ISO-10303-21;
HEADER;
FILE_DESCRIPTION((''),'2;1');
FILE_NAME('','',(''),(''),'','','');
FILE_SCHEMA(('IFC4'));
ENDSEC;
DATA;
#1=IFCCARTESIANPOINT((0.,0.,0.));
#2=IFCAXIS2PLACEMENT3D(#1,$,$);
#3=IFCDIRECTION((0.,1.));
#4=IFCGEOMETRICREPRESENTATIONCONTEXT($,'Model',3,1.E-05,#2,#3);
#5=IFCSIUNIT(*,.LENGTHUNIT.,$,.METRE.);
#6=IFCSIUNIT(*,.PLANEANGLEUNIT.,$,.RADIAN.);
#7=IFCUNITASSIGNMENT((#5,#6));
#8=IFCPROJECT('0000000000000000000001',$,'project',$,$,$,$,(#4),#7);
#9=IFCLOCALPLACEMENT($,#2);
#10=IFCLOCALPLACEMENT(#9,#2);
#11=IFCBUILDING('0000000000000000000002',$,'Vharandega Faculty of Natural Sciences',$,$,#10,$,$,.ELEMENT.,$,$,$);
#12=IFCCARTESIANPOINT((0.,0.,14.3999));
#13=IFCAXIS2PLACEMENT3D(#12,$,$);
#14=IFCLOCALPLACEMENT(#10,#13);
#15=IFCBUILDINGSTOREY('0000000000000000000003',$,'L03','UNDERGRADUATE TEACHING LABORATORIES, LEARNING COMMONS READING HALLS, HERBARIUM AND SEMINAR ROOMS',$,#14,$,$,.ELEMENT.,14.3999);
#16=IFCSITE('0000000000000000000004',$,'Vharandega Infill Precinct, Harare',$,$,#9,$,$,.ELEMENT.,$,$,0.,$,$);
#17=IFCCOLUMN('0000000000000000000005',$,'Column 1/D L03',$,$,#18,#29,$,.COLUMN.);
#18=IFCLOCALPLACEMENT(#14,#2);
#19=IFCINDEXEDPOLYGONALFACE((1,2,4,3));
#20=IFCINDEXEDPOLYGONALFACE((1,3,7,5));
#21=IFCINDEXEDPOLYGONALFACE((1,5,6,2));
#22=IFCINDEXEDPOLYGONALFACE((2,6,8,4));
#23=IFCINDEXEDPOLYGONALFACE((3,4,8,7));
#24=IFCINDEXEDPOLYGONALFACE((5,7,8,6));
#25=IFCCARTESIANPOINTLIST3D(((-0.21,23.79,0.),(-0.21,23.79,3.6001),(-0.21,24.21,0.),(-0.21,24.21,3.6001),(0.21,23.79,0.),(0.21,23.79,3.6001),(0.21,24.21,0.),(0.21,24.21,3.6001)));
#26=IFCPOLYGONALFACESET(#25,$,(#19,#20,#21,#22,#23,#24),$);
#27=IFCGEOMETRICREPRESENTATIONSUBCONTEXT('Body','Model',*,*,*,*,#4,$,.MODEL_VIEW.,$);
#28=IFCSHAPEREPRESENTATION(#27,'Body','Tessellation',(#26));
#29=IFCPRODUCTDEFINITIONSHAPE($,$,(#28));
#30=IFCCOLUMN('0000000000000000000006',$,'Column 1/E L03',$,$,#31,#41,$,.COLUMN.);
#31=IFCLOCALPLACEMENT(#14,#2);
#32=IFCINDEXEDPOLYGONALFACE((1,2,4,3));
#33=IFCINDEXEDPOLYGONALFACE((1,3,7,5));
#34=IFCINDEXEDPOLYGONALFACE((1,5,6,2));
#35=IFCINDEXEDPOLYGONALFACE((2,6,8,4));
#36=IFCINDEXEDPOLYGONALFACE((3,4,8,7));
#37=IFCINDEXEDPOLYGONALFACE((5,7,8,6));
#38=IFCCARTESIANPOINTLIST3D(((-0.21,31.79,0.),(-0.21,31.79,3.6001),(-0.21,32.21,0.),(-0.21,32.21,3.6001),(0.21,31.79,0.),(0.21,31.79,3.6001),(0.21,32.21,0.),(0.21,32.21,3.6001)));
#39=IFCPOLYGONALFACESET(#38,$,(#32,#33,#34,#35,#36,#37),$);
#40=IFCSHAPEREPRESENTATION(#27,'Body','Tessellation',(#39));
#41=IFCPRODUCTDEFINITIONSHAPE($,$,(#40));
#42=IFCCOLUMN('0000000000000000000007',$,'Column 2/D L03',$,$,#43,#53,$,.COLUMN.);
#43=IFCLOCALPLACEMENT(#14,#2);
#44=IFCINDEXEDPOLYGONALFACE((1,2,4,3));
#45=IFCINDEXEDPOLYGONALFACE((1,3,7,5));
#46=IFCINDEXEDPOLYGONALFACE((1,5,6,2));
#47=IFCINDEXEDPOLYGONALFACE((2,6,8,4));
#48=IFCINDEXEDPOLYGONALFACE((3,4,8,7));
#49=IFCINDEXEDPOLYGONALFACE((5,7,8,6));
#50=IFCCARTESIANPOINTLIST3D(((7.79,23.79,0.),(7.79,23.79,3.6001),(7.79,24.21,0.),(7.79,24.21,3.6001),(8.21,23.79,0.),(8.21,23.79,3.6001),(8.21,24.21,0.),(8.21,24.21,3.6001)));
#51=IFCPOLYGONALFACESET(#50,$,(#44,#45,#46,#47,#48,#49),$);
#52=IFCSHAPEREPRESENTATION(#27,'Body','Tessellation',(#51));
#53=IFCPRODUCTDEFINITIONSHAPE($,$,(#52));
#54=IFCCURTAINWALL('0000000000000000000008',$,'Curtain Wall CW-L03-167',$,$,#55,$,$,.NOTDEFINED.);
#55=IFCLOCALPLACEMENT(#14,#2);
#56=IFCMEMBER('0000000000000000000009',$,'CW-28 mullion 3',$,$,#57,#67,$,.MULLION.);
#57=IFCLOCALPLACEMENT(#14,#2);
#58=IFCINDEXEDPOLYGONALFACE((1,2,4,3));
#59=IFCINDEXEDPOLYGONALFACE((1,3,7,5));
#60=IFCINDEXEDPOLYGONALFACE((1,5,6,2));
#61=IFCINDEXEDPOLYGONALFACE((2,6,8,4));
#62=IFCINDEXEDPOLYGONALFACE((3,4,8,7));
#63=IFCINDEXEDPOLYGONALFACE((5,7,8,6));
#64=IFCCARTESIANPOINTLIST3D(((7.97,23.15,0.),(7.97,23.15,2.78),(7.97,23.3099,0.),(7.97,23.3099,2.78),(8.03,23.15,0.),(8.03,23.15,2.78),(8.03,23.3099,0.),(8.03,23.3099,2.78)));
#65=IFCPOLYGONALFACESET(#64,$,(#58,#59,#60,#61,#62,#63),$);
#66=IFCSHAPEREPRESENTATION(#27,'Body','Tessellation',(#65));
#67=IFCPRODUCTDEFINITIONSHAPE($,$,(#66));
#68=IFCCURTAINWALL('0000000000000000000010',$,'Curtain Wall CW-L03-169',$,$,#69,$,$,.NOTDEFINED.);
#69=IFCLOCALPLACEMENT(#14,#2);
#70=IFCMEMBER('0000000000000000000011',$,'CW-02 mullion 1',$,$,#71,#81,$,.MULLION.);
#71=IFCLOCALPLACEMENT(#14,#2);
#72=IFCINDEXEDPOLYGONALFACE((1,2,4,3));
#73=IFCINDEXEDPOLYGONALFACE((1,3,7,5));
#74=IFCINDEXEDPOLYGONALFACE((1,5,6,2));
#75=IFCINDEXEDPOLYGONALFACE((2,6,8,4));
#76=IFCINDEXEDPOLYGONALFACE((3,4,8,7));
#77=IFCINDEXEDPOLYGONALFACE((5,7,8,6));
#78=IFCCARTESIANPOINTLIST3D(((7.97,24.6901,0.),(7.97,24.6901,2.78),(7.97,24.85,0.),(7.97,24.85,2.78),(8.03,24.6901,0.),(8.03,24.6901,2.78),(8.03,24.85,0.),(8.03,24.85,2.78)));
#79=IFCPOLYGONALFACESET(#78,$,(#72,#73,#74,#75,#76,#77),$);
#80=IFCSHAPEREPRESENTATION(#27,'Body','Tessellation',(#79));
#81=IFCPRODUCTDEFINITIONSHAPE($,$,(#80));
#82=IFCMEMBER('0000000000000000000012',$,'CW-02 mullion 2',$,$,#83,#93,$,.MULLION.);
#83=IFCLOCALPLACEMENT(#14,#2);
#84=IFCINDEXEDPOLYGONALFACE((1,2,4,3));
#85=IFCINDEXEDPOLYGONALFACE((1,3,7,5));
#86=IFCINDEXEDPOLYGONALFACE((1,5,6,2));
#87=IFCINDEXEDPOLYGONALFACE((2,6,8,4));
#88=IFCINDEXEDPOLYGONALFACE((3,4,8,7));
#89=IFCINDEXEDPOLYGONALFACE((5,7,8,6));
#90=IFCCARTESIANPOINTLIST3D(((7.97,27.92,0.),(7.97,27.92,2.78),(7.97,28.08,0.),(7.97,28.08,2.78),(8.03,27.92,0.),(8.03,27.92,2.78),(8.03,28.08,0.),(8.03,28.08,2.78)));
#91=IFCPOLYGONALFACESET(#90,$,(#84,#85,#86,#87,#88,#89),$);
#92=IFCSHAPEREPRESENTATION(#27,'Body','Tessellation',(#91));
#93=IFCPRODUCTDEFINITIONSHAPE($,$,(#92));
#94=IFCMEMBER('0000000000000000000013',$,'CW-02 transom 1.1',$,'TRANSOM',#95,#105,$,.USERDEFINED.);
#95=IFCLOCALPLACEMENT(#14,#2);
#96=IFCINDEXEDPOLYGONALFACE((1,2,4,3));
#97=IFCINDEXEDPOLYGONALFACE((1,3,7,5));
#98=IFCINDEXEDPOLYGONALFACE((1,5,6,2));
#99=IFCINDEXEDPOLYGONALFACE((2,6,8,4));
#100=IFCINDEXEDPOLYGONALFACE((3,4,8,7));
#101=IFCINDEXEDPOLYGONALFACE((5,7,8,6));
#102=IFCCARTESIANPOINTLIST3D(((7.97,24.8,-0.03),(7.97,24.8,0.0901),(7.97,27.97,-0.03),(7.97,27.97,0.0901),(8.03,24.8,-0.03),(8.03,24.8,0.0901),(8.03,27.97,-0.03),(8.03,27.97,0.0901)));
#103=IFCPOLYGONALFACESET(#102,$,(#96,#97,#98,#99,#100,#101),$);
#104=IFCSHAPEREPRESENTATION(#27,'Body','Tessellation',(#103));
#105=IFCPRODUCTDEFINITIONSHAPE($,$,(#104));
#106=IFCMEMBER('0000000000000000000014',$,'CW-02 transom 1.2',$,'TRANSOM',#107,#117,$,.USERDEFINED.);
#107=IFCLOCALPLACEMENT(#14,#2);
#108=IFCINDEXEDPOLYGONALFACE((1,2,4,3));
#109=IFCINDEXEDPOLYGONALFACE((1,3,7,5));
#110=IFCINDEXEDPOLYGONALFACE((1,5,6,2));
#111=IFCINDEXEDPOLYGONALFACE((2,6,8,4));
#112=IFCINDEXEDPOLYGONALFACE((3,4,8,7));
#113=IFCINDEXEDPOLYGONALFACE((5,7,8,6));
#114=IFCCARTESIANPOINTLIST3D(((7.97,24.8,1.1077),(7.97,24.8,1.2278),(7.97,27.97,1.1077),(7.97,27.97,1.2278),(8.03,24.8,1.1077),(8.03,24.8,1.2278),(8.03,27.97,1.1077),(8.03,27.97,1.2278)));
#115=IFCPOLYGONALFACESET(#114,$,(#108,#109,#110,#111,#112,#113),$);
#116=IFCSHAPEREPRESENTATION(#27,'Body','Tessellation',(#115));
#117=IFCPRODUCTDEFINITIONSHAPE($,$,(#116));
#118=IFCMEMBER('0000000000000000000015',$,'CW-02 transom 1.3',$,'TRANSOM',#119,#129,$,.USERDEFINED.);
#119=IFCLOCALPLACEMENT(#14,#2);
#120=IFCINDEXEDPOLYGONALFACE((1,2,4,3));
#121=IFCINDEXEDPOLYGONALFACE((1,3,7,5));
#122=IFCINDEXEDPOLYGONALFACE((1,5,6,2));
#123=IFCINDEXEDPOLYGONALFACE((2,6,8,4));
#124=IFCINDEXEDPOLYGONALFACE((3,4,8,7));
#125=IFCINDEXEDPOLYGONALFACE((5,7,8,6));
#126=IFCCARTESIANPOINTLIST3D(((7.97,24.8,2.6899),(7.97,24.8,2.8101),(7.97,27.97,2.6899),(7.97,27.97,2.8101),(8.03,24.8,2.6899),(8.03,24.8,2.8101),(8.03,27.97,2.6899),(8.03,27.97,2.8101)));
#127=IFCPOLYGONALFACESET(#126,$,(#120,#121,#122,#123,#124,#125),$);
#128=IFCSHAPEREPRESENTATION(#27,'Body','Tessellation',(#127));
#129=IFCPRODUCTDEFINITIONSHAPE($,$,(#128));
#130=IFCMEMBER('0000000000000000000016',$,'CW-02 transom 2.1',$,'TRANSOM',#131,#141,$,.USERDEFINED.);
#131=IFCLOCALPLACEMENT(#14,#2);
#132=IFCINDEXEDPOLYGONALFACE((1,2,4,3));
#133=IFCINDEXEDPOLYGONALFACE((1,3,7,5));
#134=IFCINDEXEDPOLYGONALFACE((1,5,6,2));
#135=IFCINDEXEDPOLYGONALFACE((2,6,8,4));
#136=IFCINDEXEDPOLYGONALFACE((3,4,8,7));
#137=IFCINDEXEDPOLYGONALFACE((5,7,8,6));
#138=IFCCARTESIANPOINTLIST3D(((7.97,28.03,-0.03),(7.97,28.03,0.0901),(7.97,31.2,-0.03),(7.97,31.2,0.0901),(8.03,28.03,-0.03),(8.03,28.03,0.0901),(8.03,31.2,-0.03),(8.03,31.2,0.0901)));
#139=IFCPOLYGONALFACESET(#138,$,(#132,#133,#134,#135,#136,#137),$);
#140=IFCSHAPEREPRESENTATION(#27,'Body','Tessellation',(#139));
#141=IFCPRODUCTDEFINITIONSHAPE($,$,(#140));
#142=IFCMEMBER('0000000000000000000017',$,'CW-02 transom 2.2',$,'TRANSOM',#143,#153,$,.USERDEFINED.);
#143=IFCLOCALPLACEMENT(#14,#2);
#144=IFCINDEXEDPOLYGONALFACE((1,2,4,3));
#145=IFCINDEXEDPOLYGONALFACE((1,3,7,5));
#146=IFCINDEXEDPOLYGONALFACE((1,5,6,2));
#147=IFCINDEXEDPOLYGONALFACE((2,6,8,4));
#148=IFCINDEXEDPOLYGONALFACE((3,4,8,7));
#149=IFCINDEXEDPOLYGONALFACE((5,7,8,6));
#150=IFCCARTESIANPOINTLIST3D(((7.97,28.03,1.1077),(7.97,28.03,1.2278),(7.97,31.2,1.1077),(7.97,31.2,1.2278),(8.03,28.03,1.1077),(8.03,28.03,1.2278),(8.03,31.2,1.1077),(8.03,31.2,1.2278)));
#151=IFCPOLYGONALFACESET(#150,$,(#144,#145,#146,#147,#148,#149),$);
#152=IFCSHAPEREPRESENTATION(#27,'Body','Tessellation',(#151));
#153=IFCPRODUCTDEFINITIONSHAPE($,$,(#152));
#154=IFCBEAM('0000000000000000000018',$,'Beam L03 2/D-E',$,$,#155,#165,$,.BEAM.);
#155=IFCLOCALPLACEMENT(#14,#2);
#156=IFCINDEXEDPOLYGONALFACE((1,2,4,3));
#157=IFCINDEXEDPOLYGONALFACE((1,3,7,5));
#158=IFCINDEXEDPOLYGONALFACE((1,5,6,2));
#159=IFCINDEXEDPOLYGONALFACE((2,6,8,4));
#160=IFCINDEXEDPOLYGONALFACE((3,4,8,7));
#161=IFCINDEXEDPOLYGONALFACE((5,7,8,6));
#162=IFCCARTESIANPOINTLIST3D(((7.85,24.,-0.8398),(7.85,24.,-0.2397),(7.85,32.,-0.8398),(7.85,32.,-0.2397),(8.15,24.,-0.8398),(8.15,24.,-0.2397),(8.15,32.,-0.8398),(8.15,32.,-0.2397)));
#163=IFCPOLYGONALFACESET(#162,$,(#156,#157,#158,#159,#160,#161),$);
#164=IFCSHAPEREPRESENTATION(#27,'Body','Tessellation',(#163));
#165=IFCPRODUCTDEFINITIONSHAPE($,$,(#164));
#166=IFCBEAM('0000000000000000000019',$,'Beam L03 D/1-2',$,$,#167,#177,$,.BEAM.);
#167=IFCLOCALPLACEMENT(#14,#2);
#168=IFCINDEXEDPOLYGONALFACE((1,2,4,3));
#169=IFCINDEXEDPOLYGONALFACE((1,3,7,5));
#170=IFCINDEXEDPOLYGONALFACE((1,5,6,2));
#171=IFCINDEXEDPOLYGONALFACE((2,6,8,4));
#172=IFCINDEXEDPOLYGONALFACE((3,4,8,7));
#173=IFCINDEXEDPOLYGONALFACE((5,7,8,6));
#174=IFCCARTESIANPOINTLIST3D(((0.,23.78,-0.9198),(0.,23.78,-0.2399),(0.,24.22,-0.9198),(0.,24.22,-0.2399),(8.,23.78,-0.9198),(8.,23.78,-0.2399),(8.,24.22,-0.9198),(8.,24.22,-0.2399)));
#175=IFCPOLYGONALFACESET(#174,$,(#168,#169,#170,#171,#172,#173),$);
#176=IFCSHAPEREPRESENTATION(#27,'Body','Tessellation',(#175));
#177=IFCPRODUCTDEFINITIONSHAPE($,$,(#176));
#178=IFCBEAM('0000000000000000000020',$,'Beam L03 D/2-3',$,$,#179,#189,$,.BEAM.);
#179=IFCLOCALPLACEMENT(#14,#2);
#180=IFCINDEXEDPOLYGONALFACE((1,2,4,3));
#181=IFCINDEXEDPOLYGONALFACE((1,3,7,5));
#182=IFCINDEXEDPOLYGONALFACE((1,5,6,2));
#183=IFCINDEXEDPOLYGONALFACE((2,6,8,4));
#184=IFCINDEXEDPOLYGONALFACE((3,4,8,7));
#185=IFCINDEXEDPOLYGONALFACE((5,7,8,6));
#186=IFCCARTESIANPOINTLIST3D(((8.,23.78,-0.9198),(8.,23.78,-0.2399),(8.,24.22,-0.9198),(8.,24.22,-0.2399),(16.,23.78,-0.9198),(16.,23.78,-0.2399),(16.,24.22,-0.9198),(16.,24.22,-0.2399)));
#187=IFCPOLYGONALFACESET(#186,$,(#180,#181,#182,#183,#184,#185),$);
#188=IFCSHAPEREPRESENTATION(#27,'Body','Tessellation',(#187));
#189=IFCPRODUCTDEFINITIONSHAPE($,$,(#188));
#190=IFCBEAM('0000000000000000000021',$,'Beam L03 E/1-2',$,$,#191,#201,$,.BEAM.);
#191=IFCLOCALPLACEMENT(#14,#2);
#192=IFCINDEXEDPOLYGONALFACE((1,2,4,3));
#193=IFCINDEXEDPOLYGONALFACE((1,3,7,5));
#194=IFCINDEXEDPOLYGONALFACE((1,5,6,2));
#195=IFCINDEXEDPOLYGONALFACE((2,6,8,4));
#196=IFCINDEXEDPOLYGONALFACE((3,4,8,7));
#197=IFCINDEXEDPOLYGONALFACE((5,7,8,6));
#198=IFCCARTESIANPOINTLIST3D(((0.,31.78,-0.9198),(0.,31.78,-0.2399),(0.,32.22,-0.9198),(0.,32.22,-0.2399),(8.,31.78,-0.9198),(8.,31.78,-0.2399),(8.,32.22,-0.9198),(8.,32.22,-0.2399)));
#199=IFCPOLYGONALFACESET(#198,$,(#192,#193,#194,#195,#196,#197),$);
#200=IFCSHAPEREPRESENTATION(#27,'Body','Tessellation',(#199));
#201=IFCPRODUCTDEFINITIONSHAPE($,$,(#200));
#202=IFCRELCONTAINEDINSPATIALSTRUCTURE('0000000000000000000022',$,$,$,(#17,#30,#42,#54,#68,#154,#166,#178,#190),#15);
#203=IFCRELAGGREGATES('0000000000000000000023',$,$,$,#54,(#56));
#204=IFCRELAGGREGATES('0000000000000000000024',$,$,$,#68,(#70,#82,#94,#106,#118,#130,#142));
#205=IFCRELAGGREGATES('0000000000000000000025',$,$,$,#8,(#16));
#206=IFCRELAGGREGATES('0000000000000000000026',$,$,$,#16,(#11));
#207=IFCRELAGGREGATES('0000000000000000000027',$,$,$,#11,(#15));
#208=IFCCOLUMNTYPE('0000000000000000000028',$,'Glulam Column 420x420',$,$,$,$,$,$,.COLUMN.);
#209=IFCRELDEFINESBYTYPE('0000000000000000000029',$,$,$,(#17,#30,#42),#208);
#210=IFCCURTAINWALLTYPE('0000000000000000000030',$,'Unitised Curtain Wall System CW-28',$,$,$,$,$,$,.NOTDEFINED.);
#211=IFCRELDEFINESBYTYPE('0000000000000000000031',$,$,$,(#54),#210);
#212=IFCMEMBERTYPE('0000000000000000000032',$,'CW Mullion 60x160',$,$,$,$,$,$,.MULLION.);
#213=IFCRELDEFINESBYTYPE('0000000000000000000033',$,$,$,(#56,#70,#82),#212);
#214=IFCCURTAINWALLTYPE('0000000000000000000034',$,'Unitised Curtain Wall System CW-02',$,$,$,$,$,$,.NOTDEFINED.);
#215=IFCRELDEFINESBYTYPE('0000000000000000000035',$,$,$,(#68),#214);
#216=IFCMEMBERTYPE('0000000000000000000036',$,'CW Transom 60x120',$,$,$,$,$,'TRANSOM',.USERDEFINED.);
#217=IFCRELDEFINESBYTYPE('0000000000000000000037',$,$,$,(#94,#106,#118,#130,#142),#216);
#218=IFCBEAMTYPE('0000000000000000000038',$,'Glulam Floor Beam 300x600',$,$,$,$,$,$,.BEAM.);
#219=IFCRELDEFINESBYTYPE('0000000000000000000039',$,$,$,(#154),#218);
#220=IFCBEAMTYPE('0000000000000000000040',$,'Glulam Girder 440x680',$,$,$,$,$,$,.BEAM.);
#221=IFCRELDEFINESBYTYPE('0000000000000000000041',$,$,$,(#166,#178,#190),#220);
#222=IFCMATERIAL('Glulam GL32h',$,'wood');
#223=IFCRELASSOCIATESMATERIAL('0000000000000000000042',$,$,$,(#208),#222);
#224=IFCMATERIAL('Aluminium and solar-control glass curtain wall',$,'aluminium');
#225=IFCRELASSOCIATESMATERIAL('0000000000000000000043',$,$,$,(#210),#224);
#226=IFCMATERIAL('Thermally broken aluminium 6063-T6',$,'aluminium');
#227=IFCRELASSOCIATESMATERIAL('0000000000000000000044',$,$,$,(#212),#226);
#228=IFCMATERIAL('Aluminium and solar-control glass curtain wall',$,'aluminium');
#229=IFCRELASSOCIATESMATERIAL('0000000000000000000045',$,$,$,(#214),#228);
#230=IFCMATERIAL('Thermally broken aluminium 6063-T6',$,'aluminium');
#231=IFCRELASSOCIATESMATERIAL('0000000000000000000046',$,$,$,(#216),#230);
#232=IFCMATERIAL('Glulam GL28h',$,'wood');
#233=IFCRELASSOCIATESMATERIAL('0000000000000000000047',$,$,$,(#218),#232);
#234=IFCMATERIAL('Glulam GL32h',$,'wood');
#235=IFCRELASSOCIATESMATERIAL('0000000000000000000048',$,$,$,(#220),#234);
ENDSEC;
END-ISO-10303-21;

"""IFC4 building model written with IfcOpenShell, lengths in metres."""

from ifc_helpers import new_model, si_unit, direction, frame, origin, origin_2d, place, context, subcontext, project, spatial, rectangle, extrude, material, material_profile, profile_set, type_object, element, aggregate, save


model = new_model("IFC4")

# Units and contexts
model_context = context("Model", 3, precision=1e-05, world=origin(), true_north=direction((0.0, 1.0)))
body_context = subcontext(model_context, "Body", "Model", "MODEL_VIEW")
ifc_project = project(units=[si_unit("LENGTHUNIT", "METRE"), si_unit("PLANEANGLEUNIT", "RADIAN")], contexts=[model_context])

# Site, building, storey
site_placement = place(None, origin())
site = spatial("IfcSite", under=ifc_project, at=site_placement, Name="Vharandega Infill Precinct, Harare", CompositionType="ELEMENT", RefElevation=0.0)
building_placement = place(site_placement, origin())
building = spatial("IfcBuilding", under=site, at=building_placement, Name="Vharandega Faculty of Natural Sciences", CompositionType="ELEMENT")
storey_placement = place(building_placement, frame((0.0, 0.0, 14.3999)))
storey = spatial("IfcBuildingStorey", under=building, at=storey_placement, Name="L03", Description="UNDERGRADUATE TEACHING LABORATORIES, LEARNING COMMONS READING HALLS, HERBARIUM AND SEMINAR ROOMS", CompositionType="ELEMENT", Elevation=14.3999)

# Columns
ifc_material_1 = material(Name="Glulam GL32h", Category="wood")
ifc_material_profile_1 = material_profile(ifc_material_1, rectangle(XDim=0.4199, YDim=0.4199, at=origin_2d()), Name="GL32h 420x420")
ifc_profile_set_1 = profile_set([ifc_material_profile_1], Name="Glulam GL32h")
column_type = type_object("IfcColumnType", Name="Glulam Column 420x420", PredefinedType="COLUMN", material=ifc_profile_set_1)
for number, where, z_axis, x_axis, name in (
    (1, (0.0, 24.0, 0.0), (0.0, 0.0, 1.0), (1.0, 0.0, 0.0), "Column 1/D L03"),
    (2, (0.0, 32.0, 0.0), (0.0, 0.0, 1.0), (1.0, 0.0, 0.0), "Column 1/E L03"),
    (3, (8.0, 24.0, 0.0), (0.0, 0.0, 1.0), (1.0, 0.0, 0.0), "Column 2/D L03"),
):
    element("IfcColumn", number, at=place(storey_placement, frame(where, z_axis=z_axis, x_axis=x_axis)), inside=storey, type_object=column_type, Name=name, PredefinedType="COLUMN", context=body_context, shape_type="SweptSolid", body=[
        extrude(rectangle(XDim=0.4199, YDim=0.4199, at=origin_2d()), origin(), (0.0, 0.0, 1.0), 3.6001),
    ])

# Curtain wall, member
ifc_material_2 = material(Name="Aluminium and solar-control glass curtain wall", Category="aluminium")
curtain_wall_type_1 = type_object("IfcCurtainWallType", Name="Unitised Curtain Wall System CW-28", PredefinedType="NOTDEFINED", material=ifc_material_2)
curtain_wall_1_placement = place(storey_placement, origin())
curtain_wall_1 = element("IfcCurtainWall", 4, at=curtain_wall_1_placement, inside=storey, type_object=curtain_wall_type_1, Name="Curtain Wall CW-L03-167", PredefinedType="NOTDEFINED")
ifc_material_3 = material(Name="Thermally broken aluminium 6063-T6", Category="aluminium")
ifc_material_profile_2 = material_profile(ifc_material_3, rectangle(XDim=0.0601, YDim=0.1599, at=origin_2d()), Name="ALU 60x160")
ifc_profile_set_2 = profile_set([ifc_material_profile_2], Name="Thermally broken aluminium 6063-T6")
member_type_1 = type_object("IfcMemberType", Name="CW Mullion 60x160", PredefinedType="MULLION", material=ifc_profile_set_2)
member_1_placement = place(storey_placement, frame((8.0, 23.23, 0.0), z_axis=(0.0, 0.0, 1.0), x_axis=(-1.0, 0.0, 0.0)))
member_1 = element("IfcMember", 5, at=member_1_placement, type_object=member_type_1, Name="CW-28 mullion 3", PredefinedType="MULLION", context=body_context, shape_type="SweptSolid", body=[
    extrude(rectangle(XDim=0.0601, YDim=0.1599, at=origin_2d()), origin(), (0.0, 0.0, 1.0), 2.78),
])

# Curtain wall, members
ifc_material_4 = material(Name="Aluminium and solar-control glass curtain wall", Category="aluminium")
curtain_wall_type_2 = type_object("IfcCurtainWallType", Name="Unitised Curtain Wall System CW-02", PredefinedType="NOTDEFINED", material=ifc_material_4)
curtain_wall_2_placement = place(storey_placement, origin())
curtain_wall_2 = element("IfcCurtainWall", 6, at=curtain_wall_2_placement, inside=storey, type_object=curtain_wall_type_2, Name="Curtain Wall CW-L03-169", PredefinedType="NOTDEFINED")
member_2_placement = place(storey_placement, frame((8.0, 24.77, 0.0), z_axis=(0.0, 0.0, 1.0), x_axis=(-1.0, 0.0, 0.0)))
member_2 = element("IfcMember", 7, at=member_2_placement, type_object=member_type_1, Name="CW-02 mullion 1", PredefinedType="MULLION", context=body_context, shape_type="SweptSolid", body=[
    extrude(rectangle(XDim=0.0601, YDim=0.1599, at=origin_2d()), origin(), (0.0, 0.0, 1.0), 2.78),
])
member_3_placement = place(storey_placement, frame((8.0, 28.0, 0.0), z_axis=(0.0, 0.0, 1.0), x_axis=(-1.0, 0.0, 0.0)))
member_3 = element("IfcMember", 8, at=member_3_placement, type_object=member_type_1, Name="CW-02 mullion 2", PredefinedType="MULLION", context=body_context, shape_type="SweptSolid", body=[
    extrude(rectangle(XDim=0.0601, YDim=0.1599, at=origin_2d()), origin(), (0.0, 0.0, 1.0), 2.78),
])
ifc_material_5 = material(Name="Thermally broken aluminium 6063-T6", Category="aluminium")
ifc_material_profile_3 = material_profile(ifc_material_5, rectangle(XDim=0.0601, YDim=0.1201, at=origin_2d()), Name="ALU 60x120")
ifc_profile_set_3 = profile_set([ifc_material_profile_3], Name="Thermally broken aluminium 6063-T6")
member_type_2 = type_object("IfcMemberType", Name="CW Transom 60x120", ElementType="TRANSOM", PredefinedType="USERDEFINED", material=ifc_profile_set_3)
member_4_placement = place(storey_placement, frame((8.0, 24.8, 0.03), z_axis=(0.0, 1.0, 0.0), x_axis=(-1.0, 0.0, 0.0)))
member_4 = element("IfcMember", 9, at=member_4_placement, type_object=member_type_2, Name="CW-02 transom 1.1", ObjectType="TRANSOM", PredefinedType="USERDEFINED", context=body_context, shape_type="SweptSolid", body=[
    extrude(rectangle(XDim=0.0601, YDim=0.1201, at=origin_2d()), origin(), (0.0, 0.0, 1.0), 3.1699),
])
member_5_placement = place(storey_placement, frame((8.0, 24.8, 1.1677), z_axis=(0.0, 1.0, 0.0), x_axis=(-1.0, 0.0, 0.0)))
member_5 = element("IfcMember", 10, at=member_5_placement, type_object=member_type_2, Name="CW-02 transom 1.2", ObjectType="TRANSOM", PredefinedType="USERDEFINED", context=body_context, shape_type="SweptSolid", body=[
    extrude(rectangle(XDim=0.0601, YDim=0.1201, at=origin_2d()), origin(), (0.0, 0.0, 1.0), 3.1699),
])
member_6_placement = place(storey_placement, frame((8.0, 24.8, 2.75), z_axis=(0.0, 1.0, 0.0), x_axis=(-1.0, 0.0, 0.0)))
member_6 = element("IfcMember", 11, at=member_6_placement, type_object=member_type_2, Name="CW-02 transom 1.3", ObjectType="TRANSOM", PredefinedType="USERDEFINED", context=body_context, shape_type="SweptSolid", body=[
    extrude(rectangle(XDim=0.0601, YDim=0.1201, at=origin_2d()), origin(), (0.0, 0.0, 1.0), 3.1699),
])
member_7_placement = place(storey_placement, frame((8.0, 28.03, 0.03), z_axis=(0.0, 1.0, 0.0), x_axis=(-1.0, 0.0, 0.0)))
member_7 = element("IfcMember", 12, at=member_7_placement, type_object=member_type_2, Name="CW-02 transom 2.1", ObjectType="TRANSOM", PredefinedType="USERDEFINED", context=body_context, shape_type="SweptSolid", body=[
    extrude(rectangle(XDim=0.0601, YDim=0.1201, at=origin_2d()), origin(), (0.0, 0.0, 1.0), 3.1699),
])
member_8_placement = place(storey_placement, frame((8.0, 28.03, 1.1677), z_axis=(0.0, 1.0, 0.0), x_axis=(-1.0, 0.0, 0.0)))
member_8 = element("IfcMember", 13, at=member_8_placement, type_object=member_type_2, Name="CW-02 transom 2.2", ObjectType="TRANSOM", PredefinedType="USERDEFINED", context=body_context, shape_type="SweptSolid", body=[
    extrude(rectangle(XDim=0.0601, YDim=0.1201, at=origin_2d()), origin(), (0.0, 0.0, 1.0), 3.1699),
])

# Beams
ifc_material_6 = material(Name="Glulam GL28h", Category="wood")
ifc_material_profile_4 = material_profile(ifc_material_6, rectangle(XDim=0.3, YDim=0.6001, at=origin_2d()), Name="GL28h 300x600")
ifc_profile_set_4 = profile_set([ifc_material_profile_4], Name="Glulam GL28h")
beam_type_1 = type_object("IfcBeamType", Name="Glulam Floor Beam 300x600", PredefinedType="BEAM", material=ifc_profile_set_4)
beam_1_placement = place(storey_placement, frame((8.0, 24.0, -0.5398), z_axis=(0.0, 1.0, 0.0), x_axis=(-1.0, 0.0, 0.0)))
element("IfcBeam", 14, at=beam_1_placement, inside=storey, type_object=beam_type_1, Name="Beam L03 2/D-E", PredefinedType="BEAM", context=body_context, shape_type="SweptSolid", body=[
    extrude(rectangle(XDim=0.3, YDim=0.6001, at=origin_2d()), origin(), (0.0, 0.0, 1.0), 8.0),
])
ifc_material_7 = material(Name="Glulam GL32h", Category="wood")
ifc_material_profile_5 = material_profile(ifc_material_7, rectangle(XDim=0.4399, YDim=0.6799, at=origin_2d()), Name="GL32h 440x680")
ifc_profile_set_5 = profile_set([ifc_material_profile_5], Name="Glulam GL32h")
beam_type_2 = type_object("IfcBeamType", Name="Glulam Girder 440x680", PredefinedType="BEAM", material=ifc_profile_set_5)
for number, where, z_axis, x_axis, name in (
    (15, (0.0, 24.0, -0.5798), (1.0, 0.0, 0.0), (0.0, 1.0, 0.0), "Beam L03 D/1-2"),
    (16, (8.0, 24.0, -0.5798), (1.0, 0.0, 0.0), (0.0, 1.0, 0.0), "Beam L03 D/2-3"),
    (17, (0.0, 32.0, -0.5798), (1.0, 0.0, 0.0), (0.0, 1.0, 0.0), "Beam L03 E/1-2"),
):
    element("IfcBeam", number, at=place(storey_placement, frame(where, z_axis=z_axis, x_axis=x_axis)), inside=storey, type_object=beam_type_2, Name=name, PredefinedType="BEAM", context=body_context, shape_type="SweptSolid", body=[
        extrude(rectangle(XDim=0.4399, YDim=0.6799, at=origin_2d()), origin(), (0.0, 0.0, 1.0), 8.0),
    ])

aggregate(curtain_wall_1, [member_1])
aggregate(curtain_wall_2, [member_2, member_3, member_4, member_5, member_6, member_7, member_8])

save(model, "model.ifc")
